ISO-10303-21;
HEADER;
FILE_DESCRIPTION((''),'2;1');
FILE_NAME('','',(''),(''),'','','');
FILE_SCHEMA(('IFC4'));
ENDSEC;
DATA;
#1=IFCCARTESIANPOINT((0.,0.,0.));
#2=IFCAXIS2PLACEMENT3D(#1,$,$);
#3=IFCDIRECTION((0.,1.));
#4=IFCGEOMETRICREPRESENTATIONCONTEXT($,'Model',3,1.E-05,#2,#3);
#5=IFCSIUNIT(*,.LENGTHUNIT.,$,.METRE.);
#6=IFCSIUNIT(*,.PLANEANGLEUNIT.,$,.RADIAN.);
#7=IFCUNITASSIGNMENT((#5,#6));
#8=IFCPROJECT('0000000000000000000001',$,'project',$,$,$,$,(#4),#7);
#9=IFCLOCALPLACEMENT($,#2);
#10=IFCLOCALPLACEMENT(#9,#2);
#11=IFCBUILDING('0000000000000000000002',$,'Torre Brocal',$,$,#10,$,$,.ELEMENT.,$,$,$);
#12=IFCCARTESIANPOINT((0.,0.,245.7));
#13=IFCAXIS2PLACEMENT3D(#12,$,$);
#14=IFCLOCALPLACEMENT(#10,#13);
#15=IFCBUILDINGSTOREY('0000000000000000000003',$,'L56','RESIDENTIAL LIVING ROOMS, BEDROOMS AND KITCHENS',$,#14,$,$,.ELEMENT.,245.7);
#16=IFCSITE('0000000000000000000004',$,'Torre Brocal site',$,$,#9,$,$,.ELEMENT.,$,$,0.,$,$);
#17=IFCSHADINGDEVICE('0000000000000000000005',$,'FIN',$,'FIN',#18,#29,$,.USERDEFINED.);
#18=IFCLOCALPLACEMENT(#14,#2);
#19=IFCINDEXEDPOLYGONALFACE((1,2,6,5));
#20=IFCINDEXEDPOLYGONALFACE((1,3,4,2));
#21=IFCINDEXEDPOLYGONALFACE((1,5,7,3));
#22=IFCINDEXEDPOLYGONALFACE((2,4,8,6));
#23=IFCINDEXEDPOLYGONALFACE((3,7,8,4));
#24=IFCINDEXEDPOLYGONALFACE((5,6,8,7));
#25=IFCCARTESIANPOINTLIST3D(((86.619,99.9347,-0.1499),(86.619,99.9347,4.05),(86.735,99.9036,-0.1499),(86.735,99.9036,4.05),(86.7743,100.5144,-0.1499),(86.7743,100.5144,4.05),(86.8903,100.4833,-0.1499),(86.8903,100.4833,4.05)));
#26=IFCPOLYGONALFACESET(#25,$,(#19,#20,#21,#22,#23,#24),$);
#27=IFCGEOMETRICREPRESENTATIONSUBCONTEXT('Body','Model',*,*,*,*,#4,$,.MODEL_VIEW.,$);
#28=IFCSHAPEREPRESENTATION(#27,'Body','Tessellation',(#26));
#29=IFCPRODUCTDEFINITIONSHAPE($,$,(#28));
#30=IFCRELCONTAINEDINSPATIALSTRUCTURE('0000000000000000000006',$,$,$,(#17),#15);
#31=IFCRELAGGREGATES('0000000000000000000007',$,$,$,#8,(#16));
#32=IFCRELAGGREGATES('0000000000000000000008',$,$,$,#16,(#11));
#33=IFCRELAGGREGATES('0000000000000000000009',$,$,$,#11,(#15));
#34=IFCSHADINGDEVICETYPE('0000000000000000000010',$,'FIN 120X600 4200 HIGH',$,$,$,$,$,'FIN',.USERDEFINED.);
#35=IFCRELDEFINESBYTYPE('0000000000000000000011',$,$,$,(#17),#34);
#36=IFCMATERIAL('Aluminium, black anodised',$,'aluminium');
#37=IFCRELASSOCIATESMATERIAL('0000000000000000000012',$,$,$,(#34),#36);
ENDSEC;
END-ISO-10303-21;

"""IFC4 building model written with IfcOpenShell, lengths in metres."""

from ifc_helpers import new_model, si_unit, direction, frame, origin, origin_2d, place, context, subcontext, project, spatial, rectangle, extrude, material, material_profile, profile_set, type_object, element, save


model = new_model("IFC4")

# Units and contexts
model_context = context("Model", 3, precision=1e-05, world=origin(), true_north=direction((0.0, 1.0)))
body_context = subcontext(model_context, "Body", "Model", "MODEL_VIEW")
ifc_project = project(units=[si_unit("LENGTHUNIT", "METRE"), si_unit("PLANEANGLEUNIT", "RADIAN")], contexts=[model_context])

# Site, building, storey
site_placement = place(None, origin())
site = spatial("IfcSite", under=ifc_project, at=site_placement, Name="Torre Brocal site", CompositionType="ELEMENT", RefElevation=0.0)
building_placement = place(site_placement, origin())
building = spatial("IfcBuilding", under=site, at=building_placement, Name="Torre Brocal", CompositionType="ELEMENT")
storey_placement = place(building_placement, frame((0.0, 0.0, 245.7)))
storey = spatial("IfcBuildingStorey", under=building, at=storey_placement, Name="L56", Description="RESIDENTIAL LIVING ROOMS, BEDROOMS AND KITCHENS", CompositionType="ELEMENT", Elevation=245.7)

# Shading device
ifc_material_1 = material(Name="Aluminium, black anodised", Category="aluminium")
ifc_material_profile_1 = material_profile(ifc_material_1, rectangle(XDim=0.1201, YDim=0.6001, at=origin_2d()), Name="FIN 120X600 4200 HIGH")
ifc_profile_set_1 = profile_set([ifc_material_profile_1], Name="Aluminium, black anodised")
shading_device_type = type_object("IfcShadingDeviceType", Name="FIN 120X600 4200 HIGH", ElementType="FIN", PredefinedType="USERDEFINED", material=ifc_profile_set_1)
shading_device_placement = place(storey_placement, frame((86.7546, 100.209, -0.1499), z_axis=(0.0, 0.0, 1.0), x_axis=(-0.965926, 0.258819, 0.0)))
element("IfcShadingDevice", 1, at=shading_device_placement, inside=storey, type_object=shading_device_type, Name="FIN", ObjectType="FIN", PredefinedType="USERDEFINED", context=body_context, shape_type="SweptSolid", body=[
    extrude(rectangle(XDim=0.1201, YDim=0.6001, at=origin_2d()), origin(), (0.0, 0.0, 1.0), 4.2),
])

save(model, "model.ifc")
